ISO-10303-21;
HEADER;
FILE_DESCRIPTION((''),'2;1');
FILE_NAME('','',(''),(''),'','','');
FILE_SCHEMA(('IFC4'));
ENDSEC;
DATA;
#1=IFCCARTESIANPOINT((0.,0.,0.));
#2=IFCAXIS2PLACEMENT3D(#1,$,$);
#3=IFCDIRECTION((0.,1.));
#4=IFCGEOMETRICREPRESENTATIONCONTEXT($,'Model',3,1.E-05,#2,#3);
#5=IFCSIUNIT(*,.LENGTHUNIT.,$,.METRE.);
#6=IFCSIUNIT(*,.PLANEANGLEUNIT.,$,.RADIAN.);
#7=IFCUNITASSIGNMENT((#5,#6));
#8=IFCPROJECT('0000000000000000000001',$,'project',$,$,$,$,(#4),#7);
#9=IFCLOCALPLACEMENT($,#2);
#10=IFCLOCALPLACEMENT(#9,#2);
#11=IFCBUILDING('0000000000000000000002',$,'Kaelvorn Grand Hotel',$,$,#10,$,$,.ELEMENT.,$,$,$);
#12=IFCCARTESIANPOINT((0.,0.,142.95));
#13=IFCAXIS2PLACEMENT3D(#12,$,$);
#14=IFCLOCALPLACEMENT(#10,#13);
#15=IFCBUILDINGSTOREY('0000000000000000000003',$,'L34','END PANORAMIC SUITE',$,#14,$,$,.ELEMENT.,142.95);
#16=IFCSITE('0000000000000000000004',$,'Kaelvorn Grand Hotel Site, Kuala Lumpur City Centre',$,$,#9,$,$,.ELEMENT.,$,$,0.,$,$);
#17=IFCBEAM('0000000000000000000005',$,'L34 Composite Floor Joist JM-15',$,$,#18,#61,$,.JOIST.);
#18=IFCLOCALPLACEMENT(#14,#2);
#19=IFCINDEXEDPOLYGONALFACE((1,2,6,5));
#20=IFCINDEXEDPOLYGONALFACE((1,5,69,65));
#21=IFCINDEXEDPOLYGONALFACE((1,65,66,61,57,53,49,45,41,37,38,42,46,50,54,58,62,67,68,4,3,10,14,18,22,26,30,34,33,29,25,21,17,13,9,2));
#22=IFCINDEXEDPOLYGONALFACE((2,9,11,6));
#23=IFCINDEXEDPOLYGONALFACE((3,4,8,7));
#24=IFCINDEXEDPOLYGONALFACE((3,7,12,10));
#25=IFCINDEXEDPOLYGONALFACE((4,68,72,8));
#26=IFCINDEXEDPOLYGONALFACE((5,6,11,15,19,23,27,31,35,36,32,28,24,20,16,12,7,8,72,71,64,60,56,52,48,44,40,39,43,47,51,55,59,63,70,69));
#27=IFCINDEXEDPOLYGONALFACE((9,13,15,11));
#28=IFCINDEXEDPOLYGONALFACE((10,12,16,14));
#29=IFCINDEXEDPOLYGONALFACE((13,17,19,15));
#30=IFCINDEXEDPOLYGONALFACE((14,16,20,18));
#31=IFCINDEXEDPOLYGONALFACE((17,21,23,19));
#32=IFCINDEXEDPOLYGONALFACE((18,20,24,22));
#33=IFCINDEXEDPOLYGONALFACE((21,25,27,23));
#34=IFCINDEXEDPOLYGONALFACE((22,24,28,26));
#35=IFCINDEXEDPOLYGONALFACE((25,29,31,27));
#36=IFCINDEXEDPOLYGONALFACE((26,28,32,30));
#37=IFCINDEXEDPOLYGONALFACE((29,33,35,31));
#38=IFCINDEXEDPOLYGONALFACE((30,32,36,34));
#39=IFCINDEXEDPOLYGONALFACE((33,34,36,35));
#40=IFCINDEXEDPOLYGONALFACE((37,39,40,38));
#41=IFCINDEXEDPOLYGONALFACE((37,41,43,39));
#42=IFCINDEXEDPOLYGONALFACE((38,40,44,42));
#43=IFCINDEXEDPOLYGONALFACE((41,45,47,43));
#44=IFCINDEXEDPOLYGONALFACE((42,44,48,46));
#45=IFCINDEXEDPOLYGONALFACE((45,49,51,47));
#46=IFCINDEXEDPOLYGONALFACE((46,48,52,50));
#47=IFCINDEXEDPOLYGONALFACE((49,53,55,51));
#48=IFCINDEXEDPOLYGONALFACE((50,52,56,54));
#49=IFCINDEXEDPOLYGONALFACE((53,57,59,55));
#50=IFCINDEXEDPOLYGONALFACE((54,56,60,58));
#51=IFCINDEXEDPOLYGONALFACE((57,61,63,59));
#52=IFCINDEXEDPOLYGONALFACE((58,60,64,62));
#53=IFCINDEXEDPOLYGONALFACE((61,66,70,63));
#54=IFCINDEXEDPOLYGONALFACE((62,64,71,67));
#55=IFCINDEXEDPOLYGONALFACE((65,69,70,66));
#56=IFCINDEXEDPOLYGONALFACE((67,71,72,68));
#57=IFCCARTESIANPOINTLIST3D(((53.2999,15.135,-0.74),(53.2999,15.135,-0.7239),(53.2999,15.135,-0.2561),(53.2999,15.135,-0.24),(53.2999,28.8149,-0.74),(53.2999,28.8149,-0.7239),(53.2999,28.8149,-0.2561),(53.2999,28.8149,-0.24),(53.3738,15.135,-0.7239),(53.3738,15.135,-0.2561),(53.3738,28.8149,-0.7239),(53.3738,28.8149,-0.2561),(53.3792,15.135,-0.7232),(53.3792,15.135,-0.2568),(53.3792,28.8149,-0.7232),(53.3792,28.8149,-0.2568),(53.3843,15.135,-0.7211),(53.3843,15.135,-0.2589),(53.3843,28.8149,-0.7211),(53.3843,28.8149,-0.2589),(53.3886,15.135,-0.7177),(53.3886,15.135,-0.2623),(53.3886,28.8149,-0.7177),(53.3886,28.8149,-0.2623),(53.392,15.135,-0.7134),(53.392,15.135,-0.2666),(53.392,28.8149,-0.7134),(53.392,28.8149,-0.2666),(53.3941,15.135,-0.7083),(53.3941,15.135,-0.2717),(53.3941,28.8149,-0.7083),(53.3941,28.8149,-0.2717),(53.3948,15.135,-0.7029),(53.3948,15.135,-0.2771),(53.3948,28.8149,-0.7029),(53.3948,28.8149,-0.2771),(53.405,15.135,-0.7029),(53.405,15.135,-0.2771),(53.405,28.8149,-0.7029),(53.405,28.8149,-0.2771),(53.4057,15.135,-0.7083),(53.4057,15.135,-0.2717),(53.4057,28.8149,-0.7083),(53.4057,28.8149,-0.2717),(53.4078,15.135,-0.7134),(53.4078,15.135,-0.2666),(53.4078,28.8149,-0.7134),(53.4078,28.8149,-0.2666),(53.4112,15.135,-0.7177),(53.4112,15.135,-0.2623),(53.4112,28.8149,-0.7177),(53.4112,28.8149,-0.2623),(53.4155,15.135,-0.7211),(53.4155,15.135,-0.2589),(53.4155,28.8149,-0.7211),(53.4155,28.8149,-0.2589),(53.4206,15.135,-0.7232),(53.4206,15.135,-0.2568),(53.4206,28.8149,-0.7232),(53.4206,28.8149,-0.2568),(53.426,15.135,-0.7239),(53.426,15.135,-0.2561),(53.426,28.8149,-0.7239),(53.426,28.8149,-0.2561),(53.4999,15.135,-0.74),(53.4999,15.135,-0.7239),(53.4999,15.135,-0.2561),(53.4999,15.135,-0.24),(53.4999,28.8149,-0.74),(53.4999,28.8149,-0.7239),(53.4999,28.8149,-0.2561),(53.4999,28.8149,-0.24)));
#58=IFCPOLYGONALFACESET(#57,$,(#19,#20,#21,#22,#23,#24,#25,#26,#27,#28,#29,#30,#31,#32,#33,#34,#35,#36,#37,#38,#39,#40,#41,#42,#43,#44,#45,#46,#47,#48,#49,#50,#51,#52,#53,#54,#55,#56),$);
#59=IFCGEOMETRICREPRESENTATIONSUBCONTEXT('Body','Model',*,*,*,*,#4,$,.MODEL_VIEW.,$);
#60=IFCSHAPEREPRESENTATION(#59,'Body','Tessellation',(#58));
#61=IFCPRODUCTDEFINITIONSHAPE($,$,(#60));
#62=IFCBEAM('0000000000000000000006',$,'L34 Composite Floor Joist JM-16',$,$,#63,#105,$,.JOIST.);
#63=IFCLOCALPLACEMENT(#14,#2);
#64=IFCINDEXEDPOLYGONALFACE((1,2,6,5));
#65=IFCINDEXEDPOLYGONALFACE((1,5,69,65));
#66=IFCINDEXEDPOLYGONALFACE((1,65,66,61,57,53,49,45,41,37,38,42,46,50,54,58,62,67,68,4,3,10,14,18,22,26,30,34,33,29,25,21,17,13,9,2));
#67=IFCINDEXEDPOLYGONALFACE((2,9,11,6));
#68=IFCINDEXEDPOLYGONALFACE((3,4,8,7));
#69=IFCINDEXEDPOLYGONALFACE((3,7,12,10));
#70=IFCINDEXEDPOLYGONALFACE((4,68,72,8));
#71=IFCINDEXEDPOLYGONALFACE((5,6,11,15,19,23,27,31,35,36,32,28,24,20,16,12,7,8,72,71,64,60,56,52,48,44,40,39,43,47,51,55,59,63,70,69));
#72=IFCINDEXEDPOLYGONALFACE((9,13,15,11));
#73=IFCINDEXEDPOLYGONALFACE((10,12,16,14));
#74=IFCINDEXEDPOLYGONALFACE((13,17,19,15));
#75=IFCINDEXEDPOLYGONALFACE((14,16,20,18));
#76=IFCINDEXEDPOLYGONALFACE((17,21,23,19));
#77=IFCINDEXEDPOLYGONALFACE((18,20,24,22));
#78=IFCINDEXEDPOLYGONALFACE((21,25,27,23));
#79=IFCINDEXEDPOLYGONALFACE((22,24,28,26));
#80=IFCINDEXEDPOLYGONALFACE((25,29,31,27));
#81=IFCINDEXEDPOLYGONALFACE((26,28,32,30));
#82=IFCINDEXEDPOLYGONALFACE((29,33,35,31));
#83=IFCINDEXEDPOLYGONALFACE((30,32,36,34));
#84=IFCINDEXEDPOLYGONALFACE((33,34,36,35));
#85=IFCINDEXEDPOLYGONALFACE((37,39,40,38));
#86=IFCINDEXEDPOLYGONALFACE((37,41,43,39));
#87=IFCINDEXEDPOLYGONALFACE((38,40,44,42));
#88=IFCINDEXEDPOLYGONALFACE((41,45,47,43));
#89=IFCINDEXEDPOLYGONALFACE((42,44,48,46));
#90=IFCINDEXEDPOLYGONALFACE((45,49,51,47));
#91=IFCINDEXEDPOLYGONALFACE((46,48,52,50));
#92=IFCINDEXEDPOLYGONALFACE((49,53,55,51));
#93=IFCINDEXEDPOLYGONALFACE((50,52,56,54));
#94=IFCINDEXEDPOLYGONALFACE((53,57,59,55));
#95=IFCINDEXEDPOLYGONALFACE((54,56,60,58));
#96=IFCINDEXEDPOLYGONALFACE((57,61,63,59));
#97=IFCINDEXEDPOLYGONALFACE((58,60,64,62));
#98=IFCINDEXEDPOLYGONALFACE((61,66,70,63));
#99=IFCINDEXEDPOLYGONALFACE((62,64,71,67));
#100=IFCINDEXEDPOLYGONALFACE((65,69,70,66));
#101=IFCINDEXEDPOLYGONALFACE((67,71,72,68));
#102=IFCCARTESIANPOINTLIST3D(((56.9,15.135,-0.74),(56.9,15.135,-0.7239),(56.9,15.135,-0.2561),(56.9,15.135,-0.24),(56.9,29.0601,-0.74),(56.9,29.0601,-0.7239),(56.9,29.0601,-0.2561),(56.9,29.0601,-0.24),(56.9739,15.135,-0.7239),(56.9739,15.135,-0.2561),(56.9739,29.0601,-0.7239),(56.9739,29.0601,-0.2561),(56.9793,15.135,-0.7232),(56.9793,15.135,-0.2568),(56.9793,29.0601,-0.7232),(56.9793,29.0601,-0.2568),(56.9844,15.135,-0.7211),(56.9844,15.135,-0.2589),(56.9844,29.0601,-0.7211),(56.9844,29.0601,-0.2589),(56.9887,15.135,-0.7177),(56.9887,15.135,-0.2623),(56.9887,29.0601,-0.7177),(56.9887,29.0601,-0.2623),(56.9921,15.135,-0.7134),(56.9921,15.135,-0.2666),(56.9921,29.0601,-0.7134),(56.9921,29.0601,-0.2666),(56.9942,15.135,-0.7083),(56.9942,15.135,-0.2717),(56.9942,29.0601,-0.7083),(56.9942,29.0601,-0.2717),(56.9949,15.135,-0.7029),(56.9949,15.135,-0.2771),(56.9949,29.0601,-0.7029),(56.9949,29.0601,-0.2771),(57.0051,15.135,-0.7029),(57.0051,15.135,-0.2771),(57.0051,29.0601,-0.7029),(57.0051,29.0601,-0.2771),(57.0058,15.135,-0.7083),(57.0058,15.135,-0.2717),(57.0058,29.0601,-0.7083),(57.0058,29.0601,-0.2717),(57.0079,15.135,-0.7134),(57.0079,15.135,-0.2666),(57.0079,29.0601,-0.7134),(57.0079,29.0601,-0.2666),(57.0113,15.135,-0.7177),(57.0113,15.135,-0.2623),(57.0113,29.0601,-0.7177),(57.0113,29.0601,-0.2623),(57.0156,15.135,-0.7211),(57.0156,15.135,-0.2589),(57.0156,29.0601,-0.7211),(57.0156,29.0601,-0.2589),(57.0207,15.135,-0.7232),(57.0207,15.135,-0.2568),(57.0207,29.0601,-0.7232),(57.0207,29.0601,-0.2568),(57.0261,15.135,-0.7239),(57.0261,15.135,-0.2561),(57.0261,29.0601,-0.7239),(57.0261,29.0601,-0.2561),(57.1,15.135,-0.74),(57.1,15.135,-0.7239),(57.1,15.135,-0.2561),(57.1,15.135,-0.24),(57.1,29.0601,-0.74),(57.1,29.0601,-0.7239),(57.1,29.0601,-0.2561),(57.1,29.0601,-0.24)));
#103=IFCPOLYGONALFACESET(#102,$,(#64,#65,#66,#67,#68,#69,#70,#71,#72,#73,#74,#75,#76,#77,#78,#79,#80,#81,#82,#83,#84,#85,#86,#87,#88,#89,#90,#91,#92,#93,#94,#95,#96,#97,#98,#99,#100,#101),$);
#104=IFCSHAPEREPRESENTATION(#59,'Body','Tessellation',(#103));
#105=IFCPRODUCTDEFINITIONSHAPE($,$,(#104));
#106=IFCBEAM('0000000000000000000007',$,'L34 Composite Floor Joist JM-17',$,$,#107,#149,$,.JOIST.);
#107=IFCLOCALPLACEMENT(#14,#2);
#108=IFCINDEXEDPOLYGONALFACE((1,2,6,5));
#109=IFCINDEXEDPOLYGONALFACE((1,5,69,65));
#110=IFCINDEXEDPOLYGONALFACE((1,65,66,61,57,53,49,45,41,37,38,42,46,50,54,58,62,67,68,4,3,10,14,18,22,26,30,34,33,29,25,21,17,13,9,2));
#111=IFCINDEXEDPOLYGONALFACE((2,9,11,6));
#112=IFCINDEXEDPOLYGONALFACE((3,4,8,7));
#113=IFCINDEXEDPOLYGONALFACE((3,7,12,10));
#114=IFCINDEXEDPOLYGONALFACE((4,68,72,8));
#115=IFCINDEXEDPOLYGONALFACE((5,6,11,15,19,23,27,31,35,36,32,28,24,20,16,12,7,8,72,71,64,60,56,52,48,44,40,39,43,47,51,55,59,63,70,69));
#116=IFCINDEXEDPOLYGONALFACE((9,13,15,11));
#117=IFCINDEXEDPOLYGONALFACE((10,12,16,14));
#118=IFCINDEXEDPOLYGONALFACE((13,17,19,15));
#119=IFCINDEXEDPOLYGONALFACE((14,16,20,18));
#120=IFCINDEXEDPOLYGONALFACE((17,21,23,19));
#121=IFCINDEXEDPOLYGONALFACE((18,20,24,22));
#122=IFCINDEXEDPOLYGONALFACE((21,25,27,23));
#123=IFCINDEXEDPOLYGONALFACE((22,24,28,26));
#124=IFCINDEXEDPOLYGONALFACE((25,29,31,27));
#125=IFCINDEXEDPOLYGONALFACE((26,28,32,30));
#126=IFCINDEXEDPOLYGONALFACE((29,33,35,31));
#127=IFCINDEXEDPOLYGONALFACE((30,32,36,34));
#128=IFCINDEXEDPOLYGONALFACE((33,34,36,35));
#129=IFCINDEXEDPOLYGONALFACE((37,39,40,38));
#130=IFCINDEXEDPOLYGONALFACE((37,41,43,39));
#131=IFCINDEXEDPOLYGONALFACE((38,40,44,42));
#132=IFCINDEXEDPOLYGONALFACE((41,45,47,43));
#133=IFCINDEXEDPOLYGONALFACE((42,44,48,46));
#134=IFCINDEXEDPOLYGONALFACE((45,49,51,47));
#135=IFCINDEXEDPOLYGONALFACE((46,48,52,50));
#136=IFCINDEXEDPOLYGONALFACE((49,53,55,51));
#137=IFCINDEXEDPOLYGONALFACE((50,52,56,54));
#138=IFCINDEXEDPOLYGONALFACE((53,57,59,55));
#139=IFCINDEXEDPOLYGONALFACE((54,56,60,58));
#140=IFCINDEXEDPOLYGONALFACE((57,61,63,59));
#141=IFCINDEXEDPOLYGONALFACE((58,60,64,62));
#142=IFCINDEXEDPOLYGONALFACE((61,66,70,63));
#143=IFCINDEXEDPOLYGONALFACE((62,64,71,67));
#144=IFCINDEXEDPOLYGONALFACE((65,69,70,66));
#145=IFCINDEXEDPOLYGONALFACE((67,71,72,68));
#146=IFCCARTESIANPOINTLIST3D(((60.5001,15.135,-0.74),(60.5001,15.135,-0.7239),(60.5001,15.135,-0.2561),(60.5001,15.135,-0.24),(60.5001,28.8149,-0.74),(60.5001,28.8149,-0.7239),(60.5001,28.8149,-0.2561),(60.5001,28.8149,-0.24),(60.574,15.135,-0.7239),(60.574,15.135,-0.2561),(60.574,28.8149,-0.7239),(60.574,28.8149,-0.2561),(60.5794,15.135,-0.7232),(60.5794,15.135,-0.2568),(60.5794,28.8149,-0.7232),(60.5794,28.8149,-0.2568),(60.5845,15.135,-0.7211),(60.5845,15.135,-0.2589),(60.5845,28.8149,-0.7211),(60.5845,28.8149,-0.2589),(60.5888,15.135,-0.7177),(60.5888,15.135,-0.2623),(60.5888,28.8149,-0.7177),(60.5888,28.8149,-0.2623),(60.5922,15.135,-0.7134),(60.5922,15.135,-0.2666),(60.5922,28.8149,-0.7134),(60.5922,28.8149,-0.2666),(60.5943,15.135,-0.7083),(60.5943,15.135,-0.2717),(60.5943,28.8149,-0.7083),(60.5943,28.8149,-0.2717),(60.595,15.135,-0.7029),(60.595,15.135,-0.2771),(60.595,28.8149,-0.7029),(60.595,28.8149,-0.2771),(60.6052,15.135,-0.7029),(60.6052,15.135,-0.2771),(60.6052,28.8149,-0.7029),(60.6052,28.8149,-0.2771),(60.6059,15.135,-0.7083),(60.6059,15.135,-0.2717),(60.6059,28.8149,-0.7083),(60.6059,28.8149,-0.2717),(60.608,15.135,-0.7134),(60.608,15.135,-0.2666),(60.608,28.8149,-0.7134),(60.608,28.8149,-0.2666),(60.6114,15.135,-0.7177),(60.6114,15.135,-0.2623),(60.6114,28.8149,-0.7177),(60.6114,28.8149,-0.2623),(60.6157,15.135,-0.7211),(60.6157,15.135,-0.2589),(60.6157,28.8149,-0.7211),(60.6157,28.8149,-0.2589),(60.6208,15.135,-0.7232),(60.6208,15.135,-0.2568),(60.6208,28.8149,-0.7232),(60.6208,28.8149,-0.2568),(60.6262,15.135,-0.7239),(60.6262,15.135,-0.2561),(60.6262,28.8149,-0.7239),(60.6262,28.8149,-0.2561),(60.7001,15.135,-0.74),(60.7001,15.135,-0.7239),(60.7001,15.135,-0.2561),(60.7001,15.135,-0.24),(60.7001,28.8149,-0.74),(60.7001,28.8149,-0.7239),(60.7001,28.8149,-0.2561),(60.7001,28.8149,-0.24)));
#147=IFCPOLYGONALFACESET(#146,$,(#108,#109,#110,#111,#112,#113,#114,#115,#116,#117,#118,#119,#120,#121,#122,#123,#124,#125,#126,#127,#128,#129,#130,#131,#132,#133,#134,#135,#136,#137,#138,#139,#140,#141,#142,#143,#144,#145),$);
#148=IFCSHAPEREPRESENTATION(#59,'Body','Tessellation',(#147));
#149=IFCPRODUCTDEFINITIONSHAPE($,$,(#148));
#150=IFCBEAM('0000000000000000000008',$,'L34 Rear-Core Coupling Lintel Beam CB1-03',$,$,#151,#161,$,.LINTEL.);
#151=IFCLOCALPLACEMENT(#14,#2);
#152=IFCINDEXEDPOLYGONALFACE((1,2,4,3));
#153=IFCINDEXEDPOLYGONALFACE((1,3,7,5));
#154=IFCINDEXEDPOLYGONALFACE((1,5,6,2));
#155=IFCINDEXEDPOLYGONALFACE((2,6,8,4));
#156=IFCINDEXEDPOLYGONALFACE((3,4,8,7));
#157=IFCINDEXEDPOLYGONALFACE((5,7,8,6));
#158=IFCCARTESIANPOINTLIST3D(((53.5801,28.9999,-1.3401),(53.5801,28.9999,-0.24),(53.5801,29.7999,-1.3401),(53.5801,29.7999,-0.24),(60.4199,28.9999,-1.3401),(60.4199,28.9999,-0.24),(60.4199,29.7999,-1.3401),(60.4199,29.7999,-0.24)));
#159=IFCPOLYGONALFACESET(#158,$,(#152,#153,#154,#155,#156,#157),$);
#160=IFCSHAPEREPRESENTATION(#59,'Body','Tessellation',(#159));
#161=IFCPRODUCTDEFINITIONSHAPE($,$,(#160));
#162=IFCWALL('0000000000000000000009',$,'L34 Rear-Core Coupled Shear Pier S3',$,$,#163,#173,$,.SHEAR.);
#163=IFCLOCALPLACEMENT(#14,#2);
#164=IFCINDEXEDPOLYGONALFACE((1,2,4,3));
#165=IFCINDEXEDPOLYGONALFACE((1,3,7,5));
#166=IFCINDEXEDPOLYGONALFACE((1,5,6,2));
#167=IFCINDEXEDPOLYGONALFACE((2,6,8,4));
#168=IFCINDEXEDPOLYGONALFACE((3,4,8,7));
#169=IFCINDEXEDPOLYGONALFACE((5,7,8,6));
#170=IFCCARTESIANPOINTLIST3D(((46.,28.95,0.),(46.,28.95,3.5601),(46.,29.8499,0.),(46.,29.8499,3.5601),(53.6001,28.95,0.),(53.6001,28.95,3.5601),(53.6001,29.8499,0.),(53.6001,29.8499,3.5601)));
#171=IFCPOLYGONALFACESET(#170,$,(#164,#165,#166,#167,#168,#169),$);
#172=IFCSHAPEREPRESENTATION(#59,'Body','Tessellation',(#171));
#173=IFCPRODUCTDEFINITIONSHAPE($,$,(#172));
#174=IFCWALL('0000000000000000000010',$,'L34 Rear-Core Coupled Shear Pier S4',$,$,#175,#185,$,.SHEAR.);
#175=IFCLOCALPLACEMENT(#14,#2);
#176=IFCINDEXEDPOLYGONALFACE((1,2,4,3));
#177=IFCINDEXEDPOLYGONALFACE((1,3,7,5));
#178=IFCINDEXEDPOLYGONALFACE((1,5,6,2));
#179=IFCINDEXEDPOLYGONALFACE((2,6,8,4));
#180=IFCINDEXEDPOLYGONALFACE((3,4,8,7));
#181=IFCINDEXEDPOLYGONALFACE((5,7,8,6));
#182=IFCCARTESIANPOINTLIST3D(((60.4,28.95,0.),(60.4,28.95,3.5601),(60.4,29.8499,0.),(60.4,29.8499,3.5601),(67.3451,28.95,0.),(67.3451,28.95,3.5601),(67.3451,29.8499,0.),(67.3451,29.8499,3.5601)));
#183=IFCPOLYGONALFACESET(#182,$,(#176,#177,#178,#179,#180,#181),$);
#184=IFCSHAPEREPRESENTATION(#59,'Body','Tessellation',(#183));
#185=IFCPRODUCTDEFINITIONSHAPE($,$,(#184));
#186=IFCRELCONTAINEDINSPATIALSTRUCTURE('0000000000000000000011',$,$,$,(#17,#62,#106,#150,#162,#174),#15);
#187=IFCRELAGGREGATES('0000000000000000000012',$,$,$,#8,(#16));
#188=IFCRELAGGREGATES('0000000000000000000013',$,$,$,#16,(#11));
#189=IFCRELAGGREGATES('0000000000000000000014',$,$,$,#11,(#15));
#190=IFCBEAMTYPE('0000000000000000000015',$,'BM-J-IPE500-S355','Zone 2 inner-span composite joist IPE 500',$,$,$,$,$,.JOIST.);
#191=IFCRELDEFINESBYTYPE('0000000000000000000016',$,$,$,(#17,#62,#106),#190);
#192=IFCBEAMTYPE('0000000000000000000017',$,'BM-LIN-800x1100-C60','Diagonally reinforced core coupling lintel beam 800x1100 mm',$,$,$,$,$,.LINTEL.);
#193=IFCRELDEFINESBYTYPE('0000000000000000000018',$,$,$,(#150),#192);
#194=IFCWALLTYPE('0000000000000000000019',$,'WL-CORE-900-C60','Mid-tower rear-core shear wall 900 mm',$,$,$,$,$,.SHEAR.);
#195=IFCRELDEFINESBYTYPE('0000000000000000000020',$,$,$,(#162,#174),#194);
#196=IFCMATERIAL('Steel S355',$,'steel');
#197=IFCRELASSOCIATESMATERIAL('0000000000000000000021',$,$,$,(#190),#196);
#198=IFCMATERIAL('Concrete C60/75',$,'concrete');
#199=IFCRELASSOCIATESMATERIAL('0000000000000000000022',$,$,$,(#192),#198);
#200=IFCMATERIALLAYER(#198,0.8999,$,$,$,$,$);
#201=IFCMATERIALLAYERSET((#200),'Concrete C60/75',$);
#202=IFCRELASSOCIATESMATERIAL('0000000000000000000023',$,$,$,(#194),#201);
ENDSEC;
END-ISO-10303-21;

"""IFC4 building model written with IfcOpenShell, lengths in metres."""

from ifc_helpers import new_model, si_unit, direction, frame, frame_2d, origin, origin_2d, place, context, subcontext, project, spatial, rectangle, i_section, extrude, material, layer, layer_set, material_profile, profile_set, type_object, element, save


model = new_model("IFC4")

# Units and contexts
model_context = context("Model", 3, precision=1e-05, world=origin(), true_north=direction((0.0, 1.0)))
body_context = subcontext(model_context, "Body", "Model", "MODEL_VIEW")
ifc_project = project(units=[si_unit("LENGTHUNIT", "METRE"), si_unit("PLANEANGLEUNIT", "RADIAN")], contexts=[model_context])

# Site, building, storey
site_placement = place(None, origin())
site = spatial("IfcSite", under=ifc_project, at=site_placement, Name="Kaelvorn Grand Hotel Site, Kuala Lumpur City Centre", CompositionType="ELEMENT", RefElevation=0.0)
building_placement = place(site_placement, origin())
building = spatial("IfcBuilding", under=site, at=building_placement, Name="Kaelvorn Grand Hotel", CompositionType="ELEMENT")
storey_placement = place(building_placement, frame((0.0, 0.0, 142.95)))
storey = spatial("IfcBuildingStorey", under=building, at=storey_placement, Name="L34", Description="END PANORAMIC SUITE", CompositionType="ELEMENT", Elevation=142.95)

# Shared definitions
ifc_material_1 = material(Name="Concrete C60/75", Category="concrete")

# Beams
ifc_material_2 = material(Name="Steel S355", Category="steel")
ifc_material_profile_1 = material_profile(ifc_material_2, i_section(OverallWidth=0.2, OverallDepth=0.5, WebThickness=0.0103, FlangeThickness=0.0161, FilletRadius=0.021, at=origin_2d()), Name="IPE 500")
ifc_profile_set_1 = profile_set([ifc_material_profile_1], Name="Steel S355")
beam_type_1 = type_object("IfcBeamType", Name="BM-J-IPE500-S355", Description="Zone 2 inner-span composite joist IPE 500", PredefinedType="JOIST", material=ifc_profile_set_1)
beam_1_placement = place(storey_placement, frame((53.3999, 15.135, -0.49), z_axis=(0.0, 1.0, 0.0), x_axis=(-1.0, 0.0, 0.0)))
element("IfcBeam", 1, at=beam_1_placement, inside=storey, type_object=beam_type_1, Name="L34 Composite Floor Joist JM-15", PredefinedType="JOIST", context=body_context, shape_type="SweptSolid", body=[
    extrude(i_section(OverallWidth=0.2, OverallDepth=0.5, WebThickness=0.0103, FlangeThickness=0.0161, FilletRadius=0.021, at=origin_2d()), origin(), (0.0, 0.0, 1.0), 13.6799),
])
beam_2_placement = place(storey_placement, frame((57.0, 15.135, -0.49), z_axis=(0.0, 1.0, 0.0), x_axis=(-1.0, 0.0, 0.0)))
element("IfcBeam", 2, at=beam_2_placement, inside=storey, type_object=beam_type_1, Name="L34 Composite Floor Joist JM-16", PredefinedType="JOIST", context=body_context, shape_type="SweptSolid", body=[
    extrude(i_section(OverallWidth=0.2, OverallDepth=0.5, WebThickness=0.0103, FlangeThickness=0.0161, FilletRadius=0.021, at=origin_2d()), origin(), (0.0, 0.0, 1.0), 13.925),
])
beam_3_placement = place(storey_placement, frame((60.6001, 15.135, -0.49), z_axis=(0.0, 1.0, 0.0), x_axis=(-1.0, 0.0, 0.0)))
element("IfcBeam", 3, at=beam_3_placement, inside=storey, type_object=beam_type_1, Name="L34 Composite Floor Joist JM-17", PredefinedType="JOIST", context=body_context, shape_type="SweptSolid", body=[
    extrude(i_section(OverallWidth=0.2, OverallDepth=0.5, WebThickness=0.0103, FlangeThickness=0.0161, FilletRadius=0.021, at=origin_2d()), origin(), (0.0, 0.0, 1.0), 13.6799),
])
ifc_material_profile_2 = material_profile(ifc_material_1, rectangle(XDim=0.8, YDim=1.1001, at=origin_2d()), Name="RC LINTEL 800x1100")
ifc_profile_set_2 = profile_set([ifc_material_profile_2], Name="Concrete C60/75")
beam_type_2 = type_object("IfcBeamType", Name="BM-LIN-800x1100-C60", Description="Diagonally reinforced core coupling lintel beam 800x1100 mm", PredefinedType="LINTEL", material=ifc_profile_set_2)
beam_4_placement = place(storey_placement, frame((53.5801, 29.3999, -0.79), z_axis=(1.0, 0.0, 0.0), x_axis=(0.0, 1.0, 0.0)))
element("IfcBeam", 4, at=beam_4_placement, inside=storey, type_object=beam_type_2, Name="L34 Rear-Core Coupling Lintel Beam CB1-03", PredefinedType="LINTEL", context=body_context, shape_type="SweptSolid", body=[
    extrude(rectangle(XDim=0.8, YDim=1.1001, at=origin_2d()), origin(), (0.0, 0.0, 1.0), 6.8398),
])

# Walls
ifc_layer_1 = layer(ifc_material_1, 0.8999)
ifc_layer_set_1 = layer_set([ifc_layer_1], Name="Concrete C60/75")
wall_type_1 = type_object("IfcWallType", Name="WL-CORE-900-C60", Description="Mid-tower rear-core shear wall 900 mm", PredefinedType="SHEAR", material=ifc_layer_set_1)
wall_1_placement = place(storey_placement, frame((46.0, 29.3999, 0.0), z_axis=(0.0, 0.0, 1.0), x_axis=(1.0, 0.0, 0.0)))
element("IfcWall", 5, at=wall_1_placement, inside=storey, type_object=wall_type_1, Name="L34 Rear-Core Coupled Shear Pier S3", PredefinedType="SHEAR", context=body_context, shape_type="SweptSolid", body=[
    extrude(rectangle(XDim=7.6001, YDim=0.8999, at=frame_2d((3.8, 0.0))), origin(), (0.0, 0.0, 1.0), 3.5601),
])
wall_2_placement = place(storey_placement, frame((60.3999, 29.3999, 0.0), z_axis=(0.0, 0.0, 1.0), x_axis=(1.0, 0.0, 0.0)))
element("IfcWall", 6, at=wall_2_placement, inside=storey, type_object=wall_type_1, Name="L34 Rear-Core Coupled Shear Pier S4", PredefinedType="SHEAR", context=body_context, shape_type="SweptSolid", body=[
    extrude(rectangle(XDim=6.9451, YDim=0.8999, at=frame_2d((3.4727, 0.0))), origin(), (0.0, 0.0, 1.0), 3.5601),
])

save(model, "model.ifc")
